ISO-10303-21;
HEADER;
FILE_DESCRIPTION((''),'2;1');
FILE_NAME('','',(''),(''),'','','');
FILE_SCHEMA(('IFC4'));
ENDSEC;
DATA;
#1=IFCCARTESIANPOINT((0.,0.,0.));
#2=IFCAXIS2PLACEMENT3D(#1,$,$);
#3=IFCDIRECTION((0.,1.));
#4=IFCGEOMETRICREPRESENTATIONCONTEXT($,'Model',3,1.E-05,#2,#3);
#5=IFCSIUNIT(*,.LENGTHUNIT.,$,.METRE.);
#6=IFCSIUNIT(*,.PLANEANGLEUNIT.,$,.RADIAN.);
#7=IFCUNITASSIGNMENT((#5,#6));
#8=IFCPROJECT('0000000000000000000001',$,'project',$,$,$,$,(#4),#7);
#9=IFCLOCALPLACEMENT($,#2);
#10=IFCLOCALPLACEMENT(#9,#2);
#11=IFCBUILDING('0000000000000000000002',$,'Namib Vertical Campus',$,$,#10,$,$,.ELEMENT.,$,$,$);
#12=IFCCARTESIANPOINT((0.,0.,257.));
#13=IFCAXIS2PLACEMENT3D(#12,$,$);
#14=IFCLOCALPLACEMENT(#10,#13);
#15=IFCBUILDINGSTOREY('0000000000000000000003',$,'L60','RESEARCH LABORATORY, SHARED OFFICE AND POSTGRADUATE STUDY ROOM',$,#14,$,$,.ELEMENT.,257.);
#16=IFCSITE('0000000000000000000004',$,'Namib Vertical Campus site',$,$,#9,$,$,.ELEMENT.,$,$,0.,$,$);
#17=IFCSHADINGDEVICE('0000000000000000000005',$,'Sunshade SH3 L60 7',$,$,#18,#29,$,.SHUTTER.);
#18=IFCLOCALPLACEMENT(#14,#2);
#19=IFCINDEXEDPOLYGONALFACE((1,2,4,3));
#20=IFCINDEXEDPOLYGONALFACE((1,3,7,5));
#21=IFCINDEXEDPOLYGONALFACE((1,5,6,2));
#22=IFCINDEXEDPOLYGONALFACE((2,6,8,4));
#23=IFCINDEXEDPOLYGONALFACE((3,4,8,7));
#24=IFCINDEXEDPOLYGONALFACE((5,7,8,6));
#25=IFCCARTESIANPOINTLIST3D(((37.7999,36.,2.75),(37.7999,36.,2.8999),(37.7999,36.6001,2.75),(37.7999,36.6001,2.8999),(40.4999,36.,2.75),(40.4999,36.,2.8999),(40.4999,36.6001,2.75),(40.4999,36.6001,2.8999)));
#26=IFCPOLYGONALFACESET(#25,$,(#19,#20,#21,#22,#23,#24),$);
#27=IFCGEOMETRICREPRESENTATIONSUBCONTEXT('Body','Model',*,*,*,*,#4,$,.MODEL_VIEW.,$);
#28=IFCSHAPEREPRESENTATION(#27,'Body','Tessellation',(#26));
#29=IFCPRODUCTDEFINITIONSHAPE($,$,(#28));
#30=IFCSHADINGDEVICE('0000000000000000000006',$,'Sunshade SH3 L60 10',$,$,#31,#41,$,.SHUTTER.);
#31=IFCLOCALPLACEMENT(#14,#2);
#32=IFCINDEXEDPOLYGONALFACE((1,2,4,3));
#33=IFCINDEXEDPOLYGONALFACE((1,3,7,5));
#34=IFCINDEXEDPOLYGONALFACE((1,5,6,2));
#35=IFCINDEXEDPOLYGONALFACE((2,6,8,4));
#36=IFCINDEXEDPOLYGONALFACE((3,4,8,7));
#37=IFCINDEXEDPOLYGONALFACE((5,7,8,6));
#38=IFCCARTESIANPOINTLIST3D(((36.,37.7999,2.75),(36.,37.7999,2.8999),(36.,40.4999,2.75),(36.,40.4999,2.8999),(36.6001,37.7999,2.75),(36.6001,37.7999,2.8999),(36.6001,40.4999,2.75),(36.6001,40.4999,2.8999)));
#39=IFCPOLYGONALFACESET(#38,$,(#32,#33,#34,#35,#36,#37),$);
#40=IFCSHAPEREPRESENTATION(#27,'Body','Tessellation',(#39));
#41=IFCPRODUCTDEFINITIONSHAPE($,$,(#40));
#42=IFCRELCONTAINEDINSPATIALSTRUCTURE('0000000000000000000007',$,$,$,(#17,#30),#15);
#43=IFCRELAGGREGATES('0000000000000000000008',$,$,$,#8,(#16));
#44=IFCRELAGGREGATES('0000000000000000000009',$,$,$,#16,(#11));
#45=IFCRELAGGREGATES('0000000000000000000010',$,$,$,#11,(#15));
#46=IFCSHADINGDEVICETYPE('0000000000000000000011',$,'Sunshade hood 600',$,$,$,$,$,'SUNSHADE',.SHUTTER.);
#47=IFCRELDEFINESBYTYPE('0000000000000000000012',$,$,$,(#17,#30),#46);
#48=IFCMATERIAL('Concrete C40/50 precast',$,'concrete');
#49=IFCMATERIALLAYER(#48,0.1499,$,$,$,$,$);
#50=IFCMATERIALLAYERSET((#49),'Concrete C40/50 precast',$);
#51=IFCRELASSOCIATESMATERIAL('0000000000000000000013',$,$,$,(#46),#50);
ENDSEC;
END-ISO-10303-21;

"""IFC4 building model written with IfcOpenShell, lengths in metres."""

from ifc_helpers import new_model, si_unit, direction, frame, origin, origin_2d, place, context, subcontext, project, spatial, rectangle, extrude, material, layer, layer_set, type_object, element, save


model = new_model("IFC4")

# Units and contexts
model_context = context("Model", 3, precision=1e-05, world=origin(), true_north=direction((0.0, 1.0)))
body_context = subcontext(model_context, "Body", "Model", "MODEL_VIEW")
ifc_project = project(units=[si_unit("LENGTHUNIT", "METRE"), si_unit("PLANEANGLEUNIT", "RADIAN")], contexts=[model_context])

# Site, building, storey
site_placement = place(None, origin())
site = spatial("IfcSite", under=ifc_project, at=site_placement, Name="Namib Vertical Campus site", CompositionType="ELEMENT", RefElevation=0.0)
building_placement = place(site_placement, origin())
building = spatial("IfcBuilding", under=site, at=building_placement, Name="Namib Vertical Campus", CompositionType="ELEMENT")
storey_placement = place(building_placement, frame((0.0, 0.0, 257.0)))
storey = spatial("IfcBuildingStorey", under=building, at=storey_placement, Name="L60", Description="RESEARCH LABORATORY, SHARED OFFICE AND POSTGRADUATE STUDY ROOM", CompositionType="ELEMENT", Elevation=257.0)

# Shading devices
ifc_material_1 = material(Name="Concrete C40/50 precast", Category="concrete")
ifc_layer_1 = layer(ifc_material_1, 0.1499)
ifc_layer_set_1 = layer_set([ifc_layer_1], Name="Concrete C40/50 precast")
shading_device_type = type_object("IfcShadingDeviceType", Name="Sunshade hood 600", ElementType="SUNSHADE", PredefinedType="SHUTTER", material=ifc_layer_set_1)
for number, where, z_axis, x_axis, name in (
    (1, (39.1499, 36.3, 2.75), (0.0, 0.0, 1.0), (-1.0, 0.0, 0.0), "Sunshade SH3 L60 7"),
    (2, (36.3, 39.1499, 2.75), (0.0, 0.0, 1.0), (0.0, 1.0, 0.0), "Sunshade SH3 L60 10"),
):
    element("IfcShadingDevice", number, at=place(storey_placement, frame(where, z_axis=z_axis, x_axis=x_axis)), inside=storey, type_object=shading_device_type, Name=name, PredefinedType="SHUTTER", context=body_context, shape_type="SweptSolid", body=[
        extrude(rectangle(XDim=2.7, YDim=0.6001, at=origin_2d()), origin(), (0.0, 0.0, 1.0), 0.1499),
    ])

save(model, "model.ifc")
